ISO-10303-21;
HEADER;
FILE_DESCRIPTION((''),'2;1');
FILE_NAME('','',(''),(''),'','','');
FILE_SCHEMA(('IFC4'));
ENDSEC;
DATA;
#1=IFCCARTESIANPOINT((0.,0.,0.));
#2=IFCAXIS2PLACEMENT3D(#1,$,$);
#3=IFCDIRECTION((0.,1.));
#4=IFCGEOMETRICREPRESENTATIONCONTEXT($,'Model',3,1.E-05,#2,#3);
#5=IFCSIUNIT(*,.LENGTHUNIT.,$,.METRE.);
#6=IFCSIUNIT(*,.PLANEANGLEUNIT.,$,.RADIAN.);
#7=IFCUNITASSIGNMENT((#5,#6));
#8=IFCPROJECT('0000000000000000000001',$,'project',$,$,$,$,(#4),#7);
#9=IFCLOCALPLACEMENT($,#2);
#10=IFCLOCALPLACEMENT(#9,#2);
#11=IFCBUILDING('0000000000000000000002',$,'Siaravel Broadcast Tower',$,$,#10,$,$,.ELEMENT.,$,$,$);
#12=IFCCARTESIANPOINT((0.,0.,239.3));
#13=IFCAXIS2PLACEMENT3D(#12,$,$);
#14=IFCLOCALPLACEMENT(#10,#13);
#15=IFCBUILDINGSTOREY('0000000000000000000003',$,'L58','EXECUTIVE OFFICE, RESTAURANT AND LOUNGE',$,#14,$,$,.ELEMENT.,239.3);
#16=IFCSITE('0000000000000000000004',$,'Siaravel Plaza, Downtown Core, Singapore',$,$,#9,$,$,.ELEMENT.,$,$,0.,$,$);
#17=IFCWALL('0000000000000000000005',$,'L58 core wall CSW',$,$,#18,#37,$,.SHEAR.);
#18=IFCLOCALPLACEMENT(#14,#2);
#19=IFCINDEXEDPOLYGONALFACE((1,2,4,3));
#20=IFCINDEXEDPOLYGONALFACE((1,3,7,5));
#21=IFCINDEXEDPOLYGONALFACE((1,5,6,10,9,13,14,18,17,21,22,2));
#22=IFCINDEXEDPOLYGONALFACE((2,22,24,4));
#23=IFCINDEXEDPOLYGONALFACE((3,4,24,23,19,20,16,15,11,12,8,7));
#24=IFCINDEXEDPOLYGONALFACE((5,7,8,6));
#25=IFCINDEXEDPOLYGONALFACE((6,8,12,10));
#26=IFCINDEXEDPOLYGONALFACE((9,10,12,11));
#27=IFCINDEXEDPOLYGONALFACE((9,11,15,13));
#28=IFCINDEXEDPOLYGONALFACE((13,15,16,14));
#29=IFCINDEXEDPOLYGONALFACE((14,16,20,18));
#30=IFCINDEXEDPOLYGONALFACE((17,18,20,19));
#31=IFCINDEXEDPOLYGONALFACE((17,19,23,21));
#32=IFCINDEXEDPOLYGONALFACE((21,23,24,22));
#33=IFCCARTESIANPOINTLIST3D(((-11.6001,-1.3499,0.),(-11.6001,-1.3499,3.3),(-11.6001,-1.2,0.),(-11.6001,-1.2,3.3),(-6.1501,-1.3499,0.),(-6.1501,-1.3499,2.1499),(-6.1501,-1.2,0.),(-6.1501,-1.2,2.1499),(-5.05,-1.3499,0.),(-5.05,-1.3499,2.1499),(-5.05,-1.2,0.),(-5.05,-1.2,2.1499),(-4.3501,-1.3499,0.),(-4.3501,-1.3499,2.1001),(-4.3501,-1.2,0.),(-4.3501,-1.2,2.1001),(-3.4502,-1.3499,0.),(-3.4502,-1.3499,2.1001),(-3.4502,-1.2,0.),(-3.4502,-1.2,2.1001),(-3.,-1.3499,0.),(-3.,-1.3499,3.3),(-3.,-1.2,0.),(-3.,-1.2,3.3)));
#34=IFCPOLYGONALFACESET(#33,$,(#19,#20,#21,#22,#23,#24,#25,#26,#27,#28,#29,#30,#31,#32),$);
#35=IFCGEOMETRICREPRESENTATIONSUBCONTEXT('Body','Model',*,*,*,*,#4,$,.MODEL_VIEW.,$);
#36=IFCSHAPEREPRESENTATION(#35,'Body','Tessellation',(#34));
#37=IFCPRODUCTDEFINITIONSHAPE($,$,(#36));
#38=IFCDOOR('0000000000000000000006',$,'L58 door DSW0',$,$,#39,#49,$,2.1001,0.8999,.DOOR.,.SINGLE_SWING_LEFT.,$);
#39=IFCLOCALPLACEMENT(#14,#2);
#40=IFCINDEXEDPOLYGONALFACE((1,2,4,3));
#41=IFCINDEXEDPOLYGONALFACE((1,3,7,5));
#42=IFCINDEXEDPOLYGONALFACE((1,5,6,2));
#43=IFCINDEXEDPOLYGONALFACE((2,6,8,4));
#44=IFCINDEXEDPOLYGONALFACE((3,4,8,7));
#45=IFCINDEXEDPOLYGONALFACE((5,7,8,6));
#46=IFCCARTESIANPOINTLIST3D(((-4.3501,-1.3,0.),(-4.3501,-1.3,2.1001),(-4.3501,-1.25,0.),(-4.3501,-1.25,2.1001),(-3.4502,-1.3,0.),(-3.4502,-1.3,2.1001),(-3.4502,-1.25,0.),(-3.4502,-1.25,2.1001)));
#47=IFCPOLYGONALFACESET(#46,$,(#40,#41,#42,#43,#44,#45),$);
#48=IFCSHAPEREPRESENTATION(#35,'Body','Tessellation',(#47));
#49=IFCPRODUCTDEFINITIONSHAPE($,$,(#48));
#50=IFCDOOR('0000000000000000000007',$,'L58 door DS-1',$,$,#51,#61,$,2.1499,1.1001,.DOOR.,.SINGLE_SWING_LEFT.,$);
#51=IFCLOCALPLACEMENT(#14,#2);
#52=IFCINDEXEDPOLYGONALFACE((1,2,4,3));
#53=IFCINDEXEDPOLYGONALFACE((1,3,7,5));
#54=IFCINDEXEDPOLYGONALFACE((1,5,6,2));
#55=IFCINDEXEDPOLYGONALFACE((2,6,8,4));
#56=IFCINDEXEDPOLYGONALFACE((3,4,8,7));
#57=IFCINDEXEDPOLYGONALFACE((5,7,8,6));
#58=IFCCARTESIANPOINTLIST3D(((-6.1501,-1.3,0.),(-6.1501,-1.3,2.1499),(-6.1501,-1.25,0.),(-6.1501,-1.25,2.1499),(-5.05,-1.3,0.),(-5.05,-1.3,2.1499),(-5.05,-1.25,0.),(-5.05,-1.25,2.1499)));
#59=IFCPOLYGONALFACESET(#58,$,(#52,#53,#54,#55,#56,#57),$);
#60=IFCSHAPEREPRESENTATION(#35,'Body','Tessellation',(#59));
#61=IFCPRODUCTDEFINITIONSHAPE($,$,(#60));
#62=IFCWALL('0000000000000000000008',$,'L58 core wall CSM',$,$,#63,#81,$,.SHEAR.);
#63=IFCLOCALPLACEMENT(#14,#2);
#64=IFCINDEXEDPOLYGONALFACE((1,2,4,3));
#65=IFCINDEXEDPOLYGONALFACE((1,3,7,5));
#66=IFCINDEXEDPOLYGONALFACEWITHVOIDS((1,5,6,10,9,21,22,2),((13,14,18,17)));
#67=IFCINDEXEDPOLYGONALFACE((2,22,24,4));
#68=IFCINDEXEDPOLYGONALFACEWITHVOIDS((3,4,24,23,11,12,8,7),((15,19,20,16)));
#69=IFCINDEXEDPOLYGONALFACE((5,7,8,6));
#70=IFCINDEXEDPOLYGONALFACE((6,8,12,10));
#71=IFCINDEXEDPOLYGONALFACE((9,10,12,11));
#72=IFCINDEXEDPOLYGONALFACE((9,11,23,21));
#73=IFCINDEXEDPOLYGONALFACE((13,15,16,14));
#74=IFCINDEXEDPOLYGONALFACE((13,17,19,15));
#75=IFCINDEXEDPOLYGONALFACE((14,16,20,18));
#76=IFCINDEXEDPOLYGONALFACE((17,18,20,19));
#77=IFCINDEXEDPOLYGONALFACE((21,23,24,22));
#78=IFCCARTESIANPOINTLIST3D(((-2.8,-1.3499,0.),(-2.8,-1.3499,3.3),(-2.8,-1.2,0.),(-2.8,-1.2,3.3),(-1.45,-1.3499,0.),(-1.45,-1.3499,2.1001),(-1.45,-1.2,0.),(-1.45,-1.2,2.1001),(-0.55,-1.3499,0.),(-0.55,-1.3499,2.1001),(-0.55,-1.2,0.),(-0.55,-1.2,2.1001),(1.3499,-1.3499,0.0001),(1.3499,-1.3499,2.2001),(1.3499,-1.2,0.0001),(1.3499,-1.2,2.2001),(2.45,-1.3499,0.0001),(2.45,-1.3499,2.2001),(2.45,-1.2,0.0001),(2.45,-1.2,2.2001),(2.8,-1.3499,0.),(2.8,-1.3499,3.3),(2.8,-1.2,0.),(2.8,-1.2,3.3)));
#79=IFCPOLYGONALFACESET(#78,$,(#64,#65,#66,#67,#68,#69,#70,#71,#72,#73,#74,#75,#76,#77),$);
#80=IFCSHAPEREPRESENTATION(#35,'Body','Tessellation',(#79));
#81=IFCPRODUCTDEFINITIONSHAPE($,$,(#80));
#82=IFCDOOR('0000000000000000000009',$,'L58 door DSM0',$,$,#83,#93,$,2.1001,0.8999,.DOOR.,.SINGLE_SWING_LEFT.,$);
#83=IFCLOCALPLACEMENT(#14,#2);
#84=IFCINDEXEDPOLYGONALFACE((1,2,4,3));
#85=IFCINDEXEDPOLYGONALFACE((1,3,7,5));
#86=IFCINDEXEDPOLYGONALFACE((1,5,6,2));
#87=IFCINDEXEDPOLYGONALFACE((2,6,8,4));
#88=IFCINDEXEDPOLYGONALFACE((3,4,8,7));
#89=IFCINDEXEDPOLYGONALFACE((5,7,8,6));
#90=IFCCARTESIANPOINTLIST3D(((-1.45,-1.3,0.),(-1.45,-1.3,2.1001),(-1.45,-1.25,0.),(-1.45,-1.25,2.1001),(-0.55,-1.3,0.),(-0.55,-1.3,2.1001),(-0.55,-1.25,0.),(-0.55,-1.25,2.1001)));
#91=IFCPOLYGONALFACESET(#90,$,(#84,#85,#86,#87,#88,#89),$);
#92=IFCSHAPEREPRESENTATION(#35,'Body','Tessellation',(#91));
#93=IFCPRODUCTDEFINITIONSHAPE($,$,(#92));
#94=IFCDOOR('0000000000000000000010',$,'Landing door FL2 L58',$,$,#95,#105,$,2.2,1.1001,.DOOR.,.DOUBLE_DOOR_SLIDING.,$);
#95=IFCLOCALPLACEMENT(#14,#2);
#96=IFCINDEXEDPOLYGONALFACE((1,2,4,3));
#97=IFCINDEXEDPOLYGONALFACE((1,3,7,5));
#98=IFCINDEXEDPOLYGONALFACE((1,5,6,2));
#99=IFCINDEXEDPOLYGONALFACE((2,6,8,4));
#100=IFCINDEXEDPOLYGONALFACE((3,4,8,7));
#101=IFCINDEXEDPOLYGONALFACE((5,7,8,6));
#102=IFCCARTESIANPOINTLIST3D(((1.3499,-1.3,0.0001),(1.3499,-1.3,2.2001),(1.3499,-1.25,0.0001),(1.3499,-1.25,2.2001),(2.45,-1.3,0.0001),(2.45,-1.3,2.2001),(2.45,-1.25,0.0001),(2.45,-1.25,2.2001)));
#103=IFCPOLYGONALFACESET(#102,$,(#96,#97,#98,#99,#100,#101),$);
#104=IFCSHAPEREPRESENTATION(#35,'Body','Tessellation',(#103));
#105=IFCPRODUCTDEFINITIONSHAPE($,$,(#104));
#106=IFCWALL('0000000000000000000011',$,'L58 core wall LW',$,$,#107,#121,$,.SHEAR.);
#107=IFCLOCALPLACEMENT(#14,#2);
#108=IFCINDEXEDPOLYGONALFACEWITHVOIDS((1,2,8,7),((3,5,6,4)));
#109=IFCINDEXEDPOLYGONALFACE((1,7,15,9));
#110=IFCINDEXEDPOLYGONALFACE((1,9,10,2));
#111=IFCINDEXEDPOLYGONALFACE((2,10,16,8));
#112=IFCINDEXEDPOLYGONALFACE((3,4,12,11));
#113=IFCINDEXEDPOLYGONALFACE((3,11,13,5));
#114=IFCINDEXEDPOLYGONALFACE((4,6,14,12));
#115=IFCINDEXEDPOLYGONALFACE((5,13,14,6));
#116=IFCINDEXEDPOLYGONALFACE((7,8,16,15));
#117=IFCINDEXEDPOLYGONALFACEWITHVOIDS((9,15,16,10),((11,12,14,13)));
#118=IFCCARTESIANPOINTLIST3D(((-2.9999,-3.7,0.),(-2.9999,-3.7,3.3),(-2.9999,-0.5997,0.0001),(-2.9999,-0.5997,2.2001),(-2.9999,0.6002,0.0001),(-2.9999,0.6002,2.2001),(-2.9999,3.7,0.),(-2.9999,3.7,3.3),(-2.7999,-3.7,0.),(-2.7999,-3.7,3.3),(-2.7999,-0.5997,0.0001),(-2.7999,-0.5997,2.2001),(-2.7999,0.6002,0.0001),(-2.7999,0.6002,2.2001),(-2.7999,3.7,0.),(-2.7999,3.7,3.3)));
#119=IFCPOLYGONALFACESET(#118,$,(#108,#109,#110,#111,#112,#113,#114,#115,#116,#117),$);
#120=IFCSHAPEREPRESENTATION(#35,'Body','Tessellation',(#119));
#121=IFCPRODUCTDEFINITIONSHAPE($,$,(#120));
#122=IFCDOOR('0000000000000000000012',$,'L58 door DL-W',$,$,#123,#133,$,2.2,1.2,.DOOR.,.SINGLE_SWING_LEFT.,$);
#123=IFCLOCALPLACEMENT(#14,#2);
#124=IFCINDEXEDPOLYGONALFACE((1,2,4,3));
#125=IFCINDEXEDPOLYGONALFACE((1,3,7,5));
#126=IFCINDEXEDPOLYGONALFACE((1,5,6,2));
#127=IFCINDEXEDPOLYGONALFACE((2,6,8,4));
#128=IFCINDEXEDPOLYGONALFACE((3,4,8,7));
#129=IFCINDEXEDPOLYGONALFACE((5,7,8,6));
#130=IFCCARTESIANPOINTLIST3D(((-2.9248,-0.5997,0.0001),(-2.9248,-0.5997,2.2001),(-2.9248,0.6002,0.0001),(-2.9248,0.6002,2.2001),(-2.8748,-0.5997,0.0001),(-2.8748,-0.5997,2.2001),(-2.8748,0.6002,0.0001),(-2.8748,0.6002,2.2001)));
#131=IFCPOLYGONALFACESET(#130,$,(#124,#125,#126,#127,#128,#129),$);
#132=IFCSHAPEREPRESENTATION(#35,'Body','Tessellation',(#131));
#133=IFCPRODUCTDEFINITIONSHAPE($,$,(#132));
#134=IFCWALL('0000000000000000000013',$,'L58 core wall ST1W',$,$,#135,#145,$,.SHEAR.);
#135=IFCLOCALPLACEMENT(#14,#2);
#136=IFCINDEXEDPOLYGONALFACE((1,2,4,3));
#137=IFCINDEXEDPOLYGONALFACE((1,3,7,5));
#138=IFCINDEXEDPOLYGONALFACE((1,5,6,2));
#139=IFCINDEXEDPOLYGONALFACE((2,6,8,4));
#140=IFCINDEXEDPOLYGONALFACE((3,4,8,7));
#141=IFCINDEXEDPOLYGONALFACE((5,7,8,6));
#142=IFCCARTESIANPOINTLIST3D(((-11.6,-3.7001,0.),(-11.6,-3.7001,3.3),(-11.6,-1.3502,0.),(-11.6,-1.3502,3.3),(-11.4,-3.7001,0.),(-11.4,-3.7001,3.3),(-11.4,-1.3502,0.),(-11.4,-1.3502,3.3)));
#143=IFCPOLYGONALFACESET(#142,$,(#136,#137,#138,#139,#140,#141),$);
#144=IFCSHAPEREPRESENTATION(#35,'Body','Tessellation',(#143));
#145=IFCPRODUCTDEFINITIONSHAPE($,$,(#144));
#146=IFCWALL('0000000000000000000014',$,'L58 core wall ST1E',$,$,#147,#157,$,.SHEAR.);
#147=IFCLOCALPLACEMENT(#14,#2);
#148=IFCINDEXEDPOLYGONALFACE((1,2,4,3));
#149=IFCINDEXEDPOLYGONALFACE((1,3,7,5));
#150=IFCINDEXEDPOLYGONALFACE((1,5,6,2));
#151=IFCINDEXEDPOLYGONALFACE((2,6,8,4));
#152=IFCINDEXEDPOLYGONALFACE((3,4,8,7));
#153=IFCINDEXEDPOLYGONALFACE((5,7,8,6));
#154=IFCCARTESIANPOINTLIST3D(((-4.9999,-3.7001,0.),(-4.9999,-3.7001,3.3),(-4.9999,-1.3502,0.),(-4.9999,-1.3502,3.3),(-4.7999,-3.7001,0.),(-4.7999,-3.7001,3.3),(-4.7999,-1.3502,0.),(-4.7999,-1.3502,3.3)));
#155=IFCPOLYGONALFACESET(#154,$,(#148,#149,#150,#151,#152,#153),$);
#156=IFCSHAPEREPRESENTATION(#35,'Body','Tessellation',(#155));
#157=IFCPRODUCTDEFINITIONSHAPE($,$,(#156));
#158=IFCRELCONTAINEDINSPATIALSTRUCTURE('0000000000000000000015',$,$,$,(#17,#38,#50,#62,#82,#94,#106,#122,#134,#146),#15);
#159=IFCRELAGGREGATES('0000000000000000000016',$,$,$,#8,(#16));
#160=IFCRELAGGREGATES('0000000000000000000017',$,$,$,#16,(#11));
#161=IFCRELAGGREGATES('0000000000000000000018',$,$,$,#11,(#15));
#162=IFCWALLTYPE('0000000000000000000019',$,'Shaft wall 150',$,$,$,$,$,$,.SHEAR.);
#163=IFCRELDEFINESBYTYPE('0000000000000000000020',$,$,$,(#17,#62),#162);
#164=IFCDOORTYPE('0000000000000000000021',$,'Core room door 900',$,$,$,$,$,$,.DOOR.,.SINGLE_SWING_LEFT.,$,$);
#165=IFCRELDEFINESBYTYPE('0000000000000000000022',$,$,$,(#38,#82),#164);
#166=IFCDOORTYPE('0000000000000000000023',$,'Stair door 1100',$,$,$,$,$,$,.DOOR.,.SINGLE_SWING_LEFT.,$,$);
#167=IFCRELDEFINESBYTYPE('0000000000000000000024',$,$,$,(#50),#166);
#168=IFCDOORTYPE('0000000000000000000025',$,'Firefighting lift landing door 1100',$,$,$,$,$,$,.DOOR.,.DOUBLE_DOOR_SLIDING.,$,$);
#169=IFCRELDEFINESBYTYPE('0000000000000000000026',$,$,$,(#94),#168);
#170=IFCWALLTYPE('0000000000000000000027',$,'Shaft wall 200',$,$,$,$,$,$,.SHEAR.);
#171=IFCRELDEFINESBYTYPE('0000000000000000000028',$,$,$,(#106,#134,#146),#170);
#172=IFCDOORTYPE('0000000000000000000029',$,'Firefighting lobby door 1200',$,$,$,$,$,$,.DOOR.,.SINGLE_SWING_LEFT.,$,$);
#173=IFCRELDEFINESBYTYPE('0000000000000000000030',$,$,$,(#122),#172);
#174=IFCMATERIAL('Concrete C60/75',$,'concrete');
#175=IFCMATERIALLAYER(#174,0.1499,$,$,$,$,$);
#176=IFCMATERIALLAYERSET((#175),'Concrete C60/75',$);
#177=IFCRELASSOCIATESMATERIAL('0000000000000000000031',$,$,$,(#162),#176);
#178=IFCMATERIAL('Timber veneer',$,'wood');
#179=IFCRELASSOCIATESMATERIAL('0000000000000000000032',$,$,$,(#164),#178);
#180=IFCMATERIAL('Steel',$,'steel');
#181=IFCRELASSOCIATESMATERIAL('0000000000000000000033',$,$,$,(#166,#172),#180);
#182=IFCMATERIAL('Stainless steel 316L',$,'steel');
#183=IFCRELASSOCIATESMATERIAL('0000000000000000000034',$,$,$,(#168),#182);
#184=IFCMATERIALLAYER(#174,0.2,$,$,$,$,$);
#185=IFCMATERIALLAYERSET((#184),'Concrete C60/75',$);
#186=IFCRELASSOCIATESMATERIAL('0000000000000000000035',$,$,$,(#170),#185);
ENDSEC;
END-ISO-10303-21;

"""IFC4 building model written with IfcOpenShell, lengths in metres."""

from ifc_helpers import new_model, si_unit, direction, frame, frame_2d, origin, place, context, subcontext, project, spatial, rectangle, extrude, material, layer, layer_set, type_object, element, fill, save


model = new_model("IFC4")

# Units and contexts
model_context = context("Model", 3, precision=1e-05, world=origin(), true_north=direction((0.0, 1.0)))
body_context = subcontext(model_context, "Body", "Model", "MODEL_VIEW")
ifc_project = project(units=[si_unit("LENGTHUNIT", "METRE"), si_unit("PLANEANGLEUNIT", "RADIAN")], contexts=[model_context])

# Site, building, storey
site_placement = place(None, origin())
site = spatial("IfcSite", under=ifc_project, at=site_placement, Name="Siaravel Plaza, Downtown Core, Singapore", CompositionType="ELEMENT", RefElevation=0.0)
building_placement = place(site_placement, origin())
building = spatial("IfcBuilding", under=site, at=building_placement, Name="Siaravel Broadcast Tower", CompositionType="ELEMENT")
storey_placement = place(building_placement, frame((0.0, 0.0, 239.3)))
storey = spatial("IfcBuildingStorey", under=building, at=storey_placement, Name="L58", Description="EXECUTIVE OFFICE, RESTAURANT AND LOUNGE", CompositionType="ELEMENT", Elevation=239.3)

# Walls, openings, doors
ifc_material_1 = material(Name="Concrete C60/75", Category="concrete")
ifc_layer_1 = layer(ifc_material_1, 0.1499)
ifc_layer_set_1 = layer_set([ifc_layer_1], Name="Concrete C60/75")
wall_type_1 = type_object("IfcWallType", Name="Shaft wall 150", PredefinedType="SHEAR", material=ifc_layer_set_1)
wall_1_placement = place(storey_placement, frame((-11.6001, -1.2749, 0.0), z_axis=(0.0, 0.0, 1.0), x_axis=(1.0, 0.0, 0.0)))
wall_1 = element("IfcWall", 1, at=wall_1_placement, inside=storey, type_object=wall_type_1, Name="L58 core wall CSW", PredefinedType="SHEAR", context=body_context, shape_type="SweptSolid", body=[
    extrude(rectangle(XDim=8.6001, YDim=0.1499, at=frame_2d((4.3, 0.0))), origin(), (0.0, 0.0, 1.0), 3.3),
])
opening_1_placement = place(wall_1_placement, frame((5.45, 0.0, 0.0)))
opening_1 = element("IfcOpeningElement", 2, at=opening_1_placement, cuts=wall_1, PredefinedType="OPENING", context=body_context, shape_type="SweptSolid", body=[
    extrude(rectangle(XDim=1.1001, YDim=2.1499, at=frame_2d((0.55, 1.075))), frame((0.0, 0.085, 0.0), z_axis=(0.0, -1.0, 0.0), x_axis=(1.0, 0.0, 0.0)), (0.0, 0.0, 1.0), 0.1699),
])
opening_2_placement = place(wall_1_placement, frame((7.25, 0.0, 0.0)))
opening_2 = element("IfcOpeningElement", 3, at=opening_2_placement, cuts=wall_1, PredefinedType="OPENING", context=body_context, shape_type="SweptSolid", body=[
    extrude(rectangle(XDim=0.8999, YDim=2.1001, at=frame_2d((0.45, 1.05))), frame((0.0, 0.085, 0.0), z_axis=(0.0, -1.0, 0.0), x_axis=(1.0, 0.0, 0.0)), (0.0, 0.0, 1.0), 0.1699),
])
ifc_material_2 = material(Name="Timber veneer", Category="wood")
door_type_1 = type_object("IfcDoorType", Name="Core room door 900", OperationType="SINGLE_SWING_LEFT", PredefinedType="DOOR", material=ifc_material_2)
door_1_placement = place(opening_2_placement, origin())
door_1 = element("IfcDoor", 4, at=door_1_placement, inside=storey, type_object=door_type_1, Name="L58 door DSW0", OperationType="SINGLE_SWING_LEFT", OverallHeight=2.1001, OverallWidth=0.8999, PredefinedType="DOOR", context=body_context, shape_type="SweptSolid", body=[
    extrude(rectangle(XDim=0.8999, YDim=2.1001, at=frame_2d((0.45, 1.05))), frame((0.0, 0.0249, 0.0), z_axis=(0.0, -1.0, 0.0), x_axis=(1.0, 0.0, 0.0)), (0.0, 0.0, 1.0), 0.05),
])
fill(opening_2, door_1)
ifc_material_3 = material(Name="Steel", Category="steel")
door_type_2 = type_object("IfcDoorType", Name="Stair door 1100", OperationType="SINGLE_SWING_LEFT", PredefinedType="DOOR", material=ifc_material_3)
door_2_placement = place(opening_1_placement, origin())
door_2 = element("IfcDoor", 5, at=door_2_placement, inside=storey, type_object=door_type_2, Name="L58 door DS-1", OperationType="SINGLE_SWING_LEFT", OverallHeight=2.1499, OverallWidth=1.1001, PredefinedType="DOOR", context=body_context, shape_type="SweptSolid", body=[
    extrude(rectangle(XDim=1.1001, YDim=2.1499, at=frame_2d((0.55, 1.075))), frame((0.0, 0.0249, 0.0), z_axis=(0.0, -1.0, 0.0), x_axis=(1.0, 0.0, 0.0)), (0.0, 0.0, 1.0), 0.05),
])
fill(opening_1, door_2)
wall_2_placement = place(storey_placement, frame((-2.8, -1.2749, 0.0), z_axis=(0.0, 0.0, 1.0), x_axis=(1.0, 0.0, 0.0)))
wall_2 = element("IfcWall", 6, at=wall_2_placement, inside=storey, type_object=wall_type_1, Name="L58 core wall CSM", PredefinedType="SHEAR", context=body_context, shape_type="SweptSolid", body=[
    extrude(rectangle(XDim=5.6001, YDim=0.1499, at=frame_2d((2.8, 0.0))), origin(), (0.0, 0.0, 1.0), 3.3),
])
opening_3_placement = place(wall_2_placement, frame((4.1499, 0.0, 0.0)))
opening_3 = element("IfcOpeningElement", 7, at=opening_3_placement, cuts=wall_2, PredefinedType="OPENING", context=body_context, shape_type="SweptSolid", body=[
    extrude(rectangle(XDim=1.1001, YDim=2.2, at=frame_2d((0.55, 1.1001))), frame((0.0, 0.085, 0.0), z_axis=(0.0, -1.0, 0.0), x_axis=(1.0, 0.0, 0.0)), (0.0, 0.0, 1.0), 0.1699),
])
opening_4_placement = place(wall_2_placement, frame((1.3501, 0.0, 0.0)))
opening_4 = element("IfcOpeningElement", 8, at=opening_4_placement, cuts=wall_2, PredefinedType="OPENING", context=body_context, shape_type="SweptSolid", body=[
    extrude(rectangle(XDim=0.8999, YDim=2.1001, at=frame_2d((0.45, 1.05))), frame((0.0, 0.085, 0.0), z_axis=(0.0, -1.0, 0.0), x_axis=(1.0, 0.0, 0.0)), (0.0, 0.0, 1.0), 0.1699),
])
door_3_placement = place(opening_4_placement, origin())
door_3 = element("IfcDoor", 9, at=door_3_placement, inside=storey, type_object=door_type_1, Name="L58 door DSM0", OperationType="SINGLE_SWING_LEFT", OverallHeight=2.1001, OverallWidth=0.8999, PredefinedType="DOOR", context=body_context, shape_type="SweptSolid", body=[
    extrude(rectangle(XDim=0.8999, YDim=2.1001, at=frame_2d((0.45, 1.05))), frame((0.0, 0.0249, 0.0), z_axis=(0.0, -1.0, 0.0), x_axis=(1.0, 0.0, 0.0)), (0.0, 0.0, 1.0), 0.05),
])
fill(opening_4, door_3)
ifc_material_4 = material(Name="Stainless steel 316L", Category="steel")
door_type_3 = type_object("IfcDoorType", Name="Firefighting lift landing door 1100", OperationType="DOUBLE_DOOR_SLIDING", PredefinedType="DOOR", material=ifc_material_4)
door_4_placement = place(opening_3_placement, origin())
door_4 = element("IfcDoor", 10, at=door_4_placement, inside=storey, type_object=door_type_3, Name="Landing door FL2 L58", OperationType="DOUBLE_DOOR_SLIDING", OverallHeight=2.2, OverallWidth=1.1001, PredefinedType="DOOR", context=body_context, shape_type="SweptSolid", body=[
    extrude(rectangle(XDim=1.1001, YDim=2.2, at=frame_2d((0.55, 1.1001))), frame((0.0, 0.0249, 0.0), z_axis=(0.0, -1.0, 0.0), x_axis=(1.0, 0.0, 0.0)), (0.0, 0.0, 1.0), 0.05),
])
fill(opening_3, door_4)

# Wall, opening, door
ifc_layer_2 = layer(ifc_material_1, 0.2)
ifc_layer_set_2 = layer_set([ifc_layer_2], Name="Concrete C60/75")
wall_type_2 = type_object("IfcWallType", Name="Shaft wall 200", PredefinedType="SHEAR", material=ifc_layer_set_2)
wall_3_placement = place(storey_placement, frame((-2.8999, -3.7, 0.0), z_axis=(0.0, 0.0, 1.0), x_axis=(0.0, 1.0, 0.0)))
wall_3 = element("IfcWall", 11, at=wall_3_placement, inside=storey, type_object=wall_type_2, Name="L58 core wall LW", PredefinedType="SHEAR", context=body_context, shape_type="SweptSolid", body=[
    extrude(rectangle(XDim=7.3999, YDim=0.2, at=frame_2d((3.7, 0.0))), origin(), (0.0, 0.0, 1.0), 3.3),
])
opening_5_placement = place(wall_3_placement, frame((3.1001, 0.0, 0.0)))
opening_5 = element("IfcOpeningElement", 12, at=opening_5_placement, cuts=wall_3, PredefinedType="OPENING", context=body_context, shape_type="SweptSolid", body=[
    extrude(rectangle(XDim=1.2, YDim=2.2, at=frame_2d((0.6001, 1.1001))), frame((0.0, 0.1099, 0.0), z_axis=(0.0, -1.0, 0.0), x_axis=(1.0, 0.0, 0.0)), (0.0, 0.0, 1.0), 0.22),
])
door_type_4 = type_object("IfcDoorType", Name="Firefighting lobby door 1200", OperationType="SINGLE_SWING_LEFT", PredefinedType="DOOR", material=ifc_material_3)
door_5_placement = place(opening_5_placement, origin())
door_5 = element("IfcDoor", 13, at=door_5_placement, inside=storey, type_object=door_type_4, Name="L58 door DL-W", OperationType="SINGLE_SWING_LEFT", OverallHeight=2.2, OverallWidth=1.2, PredefinedType="DOOR", context=body_context, shape_type="SweptSolid", body=[
    extrude(rectangle(XDim=1.2, YDim=2.2, at=frame_2d((0.6001, 1.1001))), frame((0.0, 0.0249, 0.0), z_axis=(0.0, -1.0, 0.0), x_axis=(1.0, 0.0, 0.0)), (0.0, 0.0, 1.0), 0.05),
])
fill(opening_5, door_5)

# Walls
for number, where, z_axis, x_axis, name in (
    (14, (-11.5, -3.7, 0.0), (0.0, 0.0, 1.0), (0.0, 1.0, 0.0), "L58 core wall ST1W"),
    (15, (-4.8999, -3.7, 0.0), (0.0, 0.0, 1.0), (0.0, 1.0, 0.0), "L58 core wall ST1E"),
):
    element("IfcWall", number, at=place(storey_placement, frame(where, z_axis=z_axis, x_axis=x_axis)), inside=storey, type_object=wall_type_2, Name=name, PredefinedType="SHEAR", context=body_context, shape_type="SweptSolid", body=[
        extrude(rectangle(XDim=2.3499, YDim=0.2, at=frame_2d((1.1748, 0.0))), origin(), (0.0, 0.0, 1.0), 3.3),
    ])

save(model, "model.ifc")
